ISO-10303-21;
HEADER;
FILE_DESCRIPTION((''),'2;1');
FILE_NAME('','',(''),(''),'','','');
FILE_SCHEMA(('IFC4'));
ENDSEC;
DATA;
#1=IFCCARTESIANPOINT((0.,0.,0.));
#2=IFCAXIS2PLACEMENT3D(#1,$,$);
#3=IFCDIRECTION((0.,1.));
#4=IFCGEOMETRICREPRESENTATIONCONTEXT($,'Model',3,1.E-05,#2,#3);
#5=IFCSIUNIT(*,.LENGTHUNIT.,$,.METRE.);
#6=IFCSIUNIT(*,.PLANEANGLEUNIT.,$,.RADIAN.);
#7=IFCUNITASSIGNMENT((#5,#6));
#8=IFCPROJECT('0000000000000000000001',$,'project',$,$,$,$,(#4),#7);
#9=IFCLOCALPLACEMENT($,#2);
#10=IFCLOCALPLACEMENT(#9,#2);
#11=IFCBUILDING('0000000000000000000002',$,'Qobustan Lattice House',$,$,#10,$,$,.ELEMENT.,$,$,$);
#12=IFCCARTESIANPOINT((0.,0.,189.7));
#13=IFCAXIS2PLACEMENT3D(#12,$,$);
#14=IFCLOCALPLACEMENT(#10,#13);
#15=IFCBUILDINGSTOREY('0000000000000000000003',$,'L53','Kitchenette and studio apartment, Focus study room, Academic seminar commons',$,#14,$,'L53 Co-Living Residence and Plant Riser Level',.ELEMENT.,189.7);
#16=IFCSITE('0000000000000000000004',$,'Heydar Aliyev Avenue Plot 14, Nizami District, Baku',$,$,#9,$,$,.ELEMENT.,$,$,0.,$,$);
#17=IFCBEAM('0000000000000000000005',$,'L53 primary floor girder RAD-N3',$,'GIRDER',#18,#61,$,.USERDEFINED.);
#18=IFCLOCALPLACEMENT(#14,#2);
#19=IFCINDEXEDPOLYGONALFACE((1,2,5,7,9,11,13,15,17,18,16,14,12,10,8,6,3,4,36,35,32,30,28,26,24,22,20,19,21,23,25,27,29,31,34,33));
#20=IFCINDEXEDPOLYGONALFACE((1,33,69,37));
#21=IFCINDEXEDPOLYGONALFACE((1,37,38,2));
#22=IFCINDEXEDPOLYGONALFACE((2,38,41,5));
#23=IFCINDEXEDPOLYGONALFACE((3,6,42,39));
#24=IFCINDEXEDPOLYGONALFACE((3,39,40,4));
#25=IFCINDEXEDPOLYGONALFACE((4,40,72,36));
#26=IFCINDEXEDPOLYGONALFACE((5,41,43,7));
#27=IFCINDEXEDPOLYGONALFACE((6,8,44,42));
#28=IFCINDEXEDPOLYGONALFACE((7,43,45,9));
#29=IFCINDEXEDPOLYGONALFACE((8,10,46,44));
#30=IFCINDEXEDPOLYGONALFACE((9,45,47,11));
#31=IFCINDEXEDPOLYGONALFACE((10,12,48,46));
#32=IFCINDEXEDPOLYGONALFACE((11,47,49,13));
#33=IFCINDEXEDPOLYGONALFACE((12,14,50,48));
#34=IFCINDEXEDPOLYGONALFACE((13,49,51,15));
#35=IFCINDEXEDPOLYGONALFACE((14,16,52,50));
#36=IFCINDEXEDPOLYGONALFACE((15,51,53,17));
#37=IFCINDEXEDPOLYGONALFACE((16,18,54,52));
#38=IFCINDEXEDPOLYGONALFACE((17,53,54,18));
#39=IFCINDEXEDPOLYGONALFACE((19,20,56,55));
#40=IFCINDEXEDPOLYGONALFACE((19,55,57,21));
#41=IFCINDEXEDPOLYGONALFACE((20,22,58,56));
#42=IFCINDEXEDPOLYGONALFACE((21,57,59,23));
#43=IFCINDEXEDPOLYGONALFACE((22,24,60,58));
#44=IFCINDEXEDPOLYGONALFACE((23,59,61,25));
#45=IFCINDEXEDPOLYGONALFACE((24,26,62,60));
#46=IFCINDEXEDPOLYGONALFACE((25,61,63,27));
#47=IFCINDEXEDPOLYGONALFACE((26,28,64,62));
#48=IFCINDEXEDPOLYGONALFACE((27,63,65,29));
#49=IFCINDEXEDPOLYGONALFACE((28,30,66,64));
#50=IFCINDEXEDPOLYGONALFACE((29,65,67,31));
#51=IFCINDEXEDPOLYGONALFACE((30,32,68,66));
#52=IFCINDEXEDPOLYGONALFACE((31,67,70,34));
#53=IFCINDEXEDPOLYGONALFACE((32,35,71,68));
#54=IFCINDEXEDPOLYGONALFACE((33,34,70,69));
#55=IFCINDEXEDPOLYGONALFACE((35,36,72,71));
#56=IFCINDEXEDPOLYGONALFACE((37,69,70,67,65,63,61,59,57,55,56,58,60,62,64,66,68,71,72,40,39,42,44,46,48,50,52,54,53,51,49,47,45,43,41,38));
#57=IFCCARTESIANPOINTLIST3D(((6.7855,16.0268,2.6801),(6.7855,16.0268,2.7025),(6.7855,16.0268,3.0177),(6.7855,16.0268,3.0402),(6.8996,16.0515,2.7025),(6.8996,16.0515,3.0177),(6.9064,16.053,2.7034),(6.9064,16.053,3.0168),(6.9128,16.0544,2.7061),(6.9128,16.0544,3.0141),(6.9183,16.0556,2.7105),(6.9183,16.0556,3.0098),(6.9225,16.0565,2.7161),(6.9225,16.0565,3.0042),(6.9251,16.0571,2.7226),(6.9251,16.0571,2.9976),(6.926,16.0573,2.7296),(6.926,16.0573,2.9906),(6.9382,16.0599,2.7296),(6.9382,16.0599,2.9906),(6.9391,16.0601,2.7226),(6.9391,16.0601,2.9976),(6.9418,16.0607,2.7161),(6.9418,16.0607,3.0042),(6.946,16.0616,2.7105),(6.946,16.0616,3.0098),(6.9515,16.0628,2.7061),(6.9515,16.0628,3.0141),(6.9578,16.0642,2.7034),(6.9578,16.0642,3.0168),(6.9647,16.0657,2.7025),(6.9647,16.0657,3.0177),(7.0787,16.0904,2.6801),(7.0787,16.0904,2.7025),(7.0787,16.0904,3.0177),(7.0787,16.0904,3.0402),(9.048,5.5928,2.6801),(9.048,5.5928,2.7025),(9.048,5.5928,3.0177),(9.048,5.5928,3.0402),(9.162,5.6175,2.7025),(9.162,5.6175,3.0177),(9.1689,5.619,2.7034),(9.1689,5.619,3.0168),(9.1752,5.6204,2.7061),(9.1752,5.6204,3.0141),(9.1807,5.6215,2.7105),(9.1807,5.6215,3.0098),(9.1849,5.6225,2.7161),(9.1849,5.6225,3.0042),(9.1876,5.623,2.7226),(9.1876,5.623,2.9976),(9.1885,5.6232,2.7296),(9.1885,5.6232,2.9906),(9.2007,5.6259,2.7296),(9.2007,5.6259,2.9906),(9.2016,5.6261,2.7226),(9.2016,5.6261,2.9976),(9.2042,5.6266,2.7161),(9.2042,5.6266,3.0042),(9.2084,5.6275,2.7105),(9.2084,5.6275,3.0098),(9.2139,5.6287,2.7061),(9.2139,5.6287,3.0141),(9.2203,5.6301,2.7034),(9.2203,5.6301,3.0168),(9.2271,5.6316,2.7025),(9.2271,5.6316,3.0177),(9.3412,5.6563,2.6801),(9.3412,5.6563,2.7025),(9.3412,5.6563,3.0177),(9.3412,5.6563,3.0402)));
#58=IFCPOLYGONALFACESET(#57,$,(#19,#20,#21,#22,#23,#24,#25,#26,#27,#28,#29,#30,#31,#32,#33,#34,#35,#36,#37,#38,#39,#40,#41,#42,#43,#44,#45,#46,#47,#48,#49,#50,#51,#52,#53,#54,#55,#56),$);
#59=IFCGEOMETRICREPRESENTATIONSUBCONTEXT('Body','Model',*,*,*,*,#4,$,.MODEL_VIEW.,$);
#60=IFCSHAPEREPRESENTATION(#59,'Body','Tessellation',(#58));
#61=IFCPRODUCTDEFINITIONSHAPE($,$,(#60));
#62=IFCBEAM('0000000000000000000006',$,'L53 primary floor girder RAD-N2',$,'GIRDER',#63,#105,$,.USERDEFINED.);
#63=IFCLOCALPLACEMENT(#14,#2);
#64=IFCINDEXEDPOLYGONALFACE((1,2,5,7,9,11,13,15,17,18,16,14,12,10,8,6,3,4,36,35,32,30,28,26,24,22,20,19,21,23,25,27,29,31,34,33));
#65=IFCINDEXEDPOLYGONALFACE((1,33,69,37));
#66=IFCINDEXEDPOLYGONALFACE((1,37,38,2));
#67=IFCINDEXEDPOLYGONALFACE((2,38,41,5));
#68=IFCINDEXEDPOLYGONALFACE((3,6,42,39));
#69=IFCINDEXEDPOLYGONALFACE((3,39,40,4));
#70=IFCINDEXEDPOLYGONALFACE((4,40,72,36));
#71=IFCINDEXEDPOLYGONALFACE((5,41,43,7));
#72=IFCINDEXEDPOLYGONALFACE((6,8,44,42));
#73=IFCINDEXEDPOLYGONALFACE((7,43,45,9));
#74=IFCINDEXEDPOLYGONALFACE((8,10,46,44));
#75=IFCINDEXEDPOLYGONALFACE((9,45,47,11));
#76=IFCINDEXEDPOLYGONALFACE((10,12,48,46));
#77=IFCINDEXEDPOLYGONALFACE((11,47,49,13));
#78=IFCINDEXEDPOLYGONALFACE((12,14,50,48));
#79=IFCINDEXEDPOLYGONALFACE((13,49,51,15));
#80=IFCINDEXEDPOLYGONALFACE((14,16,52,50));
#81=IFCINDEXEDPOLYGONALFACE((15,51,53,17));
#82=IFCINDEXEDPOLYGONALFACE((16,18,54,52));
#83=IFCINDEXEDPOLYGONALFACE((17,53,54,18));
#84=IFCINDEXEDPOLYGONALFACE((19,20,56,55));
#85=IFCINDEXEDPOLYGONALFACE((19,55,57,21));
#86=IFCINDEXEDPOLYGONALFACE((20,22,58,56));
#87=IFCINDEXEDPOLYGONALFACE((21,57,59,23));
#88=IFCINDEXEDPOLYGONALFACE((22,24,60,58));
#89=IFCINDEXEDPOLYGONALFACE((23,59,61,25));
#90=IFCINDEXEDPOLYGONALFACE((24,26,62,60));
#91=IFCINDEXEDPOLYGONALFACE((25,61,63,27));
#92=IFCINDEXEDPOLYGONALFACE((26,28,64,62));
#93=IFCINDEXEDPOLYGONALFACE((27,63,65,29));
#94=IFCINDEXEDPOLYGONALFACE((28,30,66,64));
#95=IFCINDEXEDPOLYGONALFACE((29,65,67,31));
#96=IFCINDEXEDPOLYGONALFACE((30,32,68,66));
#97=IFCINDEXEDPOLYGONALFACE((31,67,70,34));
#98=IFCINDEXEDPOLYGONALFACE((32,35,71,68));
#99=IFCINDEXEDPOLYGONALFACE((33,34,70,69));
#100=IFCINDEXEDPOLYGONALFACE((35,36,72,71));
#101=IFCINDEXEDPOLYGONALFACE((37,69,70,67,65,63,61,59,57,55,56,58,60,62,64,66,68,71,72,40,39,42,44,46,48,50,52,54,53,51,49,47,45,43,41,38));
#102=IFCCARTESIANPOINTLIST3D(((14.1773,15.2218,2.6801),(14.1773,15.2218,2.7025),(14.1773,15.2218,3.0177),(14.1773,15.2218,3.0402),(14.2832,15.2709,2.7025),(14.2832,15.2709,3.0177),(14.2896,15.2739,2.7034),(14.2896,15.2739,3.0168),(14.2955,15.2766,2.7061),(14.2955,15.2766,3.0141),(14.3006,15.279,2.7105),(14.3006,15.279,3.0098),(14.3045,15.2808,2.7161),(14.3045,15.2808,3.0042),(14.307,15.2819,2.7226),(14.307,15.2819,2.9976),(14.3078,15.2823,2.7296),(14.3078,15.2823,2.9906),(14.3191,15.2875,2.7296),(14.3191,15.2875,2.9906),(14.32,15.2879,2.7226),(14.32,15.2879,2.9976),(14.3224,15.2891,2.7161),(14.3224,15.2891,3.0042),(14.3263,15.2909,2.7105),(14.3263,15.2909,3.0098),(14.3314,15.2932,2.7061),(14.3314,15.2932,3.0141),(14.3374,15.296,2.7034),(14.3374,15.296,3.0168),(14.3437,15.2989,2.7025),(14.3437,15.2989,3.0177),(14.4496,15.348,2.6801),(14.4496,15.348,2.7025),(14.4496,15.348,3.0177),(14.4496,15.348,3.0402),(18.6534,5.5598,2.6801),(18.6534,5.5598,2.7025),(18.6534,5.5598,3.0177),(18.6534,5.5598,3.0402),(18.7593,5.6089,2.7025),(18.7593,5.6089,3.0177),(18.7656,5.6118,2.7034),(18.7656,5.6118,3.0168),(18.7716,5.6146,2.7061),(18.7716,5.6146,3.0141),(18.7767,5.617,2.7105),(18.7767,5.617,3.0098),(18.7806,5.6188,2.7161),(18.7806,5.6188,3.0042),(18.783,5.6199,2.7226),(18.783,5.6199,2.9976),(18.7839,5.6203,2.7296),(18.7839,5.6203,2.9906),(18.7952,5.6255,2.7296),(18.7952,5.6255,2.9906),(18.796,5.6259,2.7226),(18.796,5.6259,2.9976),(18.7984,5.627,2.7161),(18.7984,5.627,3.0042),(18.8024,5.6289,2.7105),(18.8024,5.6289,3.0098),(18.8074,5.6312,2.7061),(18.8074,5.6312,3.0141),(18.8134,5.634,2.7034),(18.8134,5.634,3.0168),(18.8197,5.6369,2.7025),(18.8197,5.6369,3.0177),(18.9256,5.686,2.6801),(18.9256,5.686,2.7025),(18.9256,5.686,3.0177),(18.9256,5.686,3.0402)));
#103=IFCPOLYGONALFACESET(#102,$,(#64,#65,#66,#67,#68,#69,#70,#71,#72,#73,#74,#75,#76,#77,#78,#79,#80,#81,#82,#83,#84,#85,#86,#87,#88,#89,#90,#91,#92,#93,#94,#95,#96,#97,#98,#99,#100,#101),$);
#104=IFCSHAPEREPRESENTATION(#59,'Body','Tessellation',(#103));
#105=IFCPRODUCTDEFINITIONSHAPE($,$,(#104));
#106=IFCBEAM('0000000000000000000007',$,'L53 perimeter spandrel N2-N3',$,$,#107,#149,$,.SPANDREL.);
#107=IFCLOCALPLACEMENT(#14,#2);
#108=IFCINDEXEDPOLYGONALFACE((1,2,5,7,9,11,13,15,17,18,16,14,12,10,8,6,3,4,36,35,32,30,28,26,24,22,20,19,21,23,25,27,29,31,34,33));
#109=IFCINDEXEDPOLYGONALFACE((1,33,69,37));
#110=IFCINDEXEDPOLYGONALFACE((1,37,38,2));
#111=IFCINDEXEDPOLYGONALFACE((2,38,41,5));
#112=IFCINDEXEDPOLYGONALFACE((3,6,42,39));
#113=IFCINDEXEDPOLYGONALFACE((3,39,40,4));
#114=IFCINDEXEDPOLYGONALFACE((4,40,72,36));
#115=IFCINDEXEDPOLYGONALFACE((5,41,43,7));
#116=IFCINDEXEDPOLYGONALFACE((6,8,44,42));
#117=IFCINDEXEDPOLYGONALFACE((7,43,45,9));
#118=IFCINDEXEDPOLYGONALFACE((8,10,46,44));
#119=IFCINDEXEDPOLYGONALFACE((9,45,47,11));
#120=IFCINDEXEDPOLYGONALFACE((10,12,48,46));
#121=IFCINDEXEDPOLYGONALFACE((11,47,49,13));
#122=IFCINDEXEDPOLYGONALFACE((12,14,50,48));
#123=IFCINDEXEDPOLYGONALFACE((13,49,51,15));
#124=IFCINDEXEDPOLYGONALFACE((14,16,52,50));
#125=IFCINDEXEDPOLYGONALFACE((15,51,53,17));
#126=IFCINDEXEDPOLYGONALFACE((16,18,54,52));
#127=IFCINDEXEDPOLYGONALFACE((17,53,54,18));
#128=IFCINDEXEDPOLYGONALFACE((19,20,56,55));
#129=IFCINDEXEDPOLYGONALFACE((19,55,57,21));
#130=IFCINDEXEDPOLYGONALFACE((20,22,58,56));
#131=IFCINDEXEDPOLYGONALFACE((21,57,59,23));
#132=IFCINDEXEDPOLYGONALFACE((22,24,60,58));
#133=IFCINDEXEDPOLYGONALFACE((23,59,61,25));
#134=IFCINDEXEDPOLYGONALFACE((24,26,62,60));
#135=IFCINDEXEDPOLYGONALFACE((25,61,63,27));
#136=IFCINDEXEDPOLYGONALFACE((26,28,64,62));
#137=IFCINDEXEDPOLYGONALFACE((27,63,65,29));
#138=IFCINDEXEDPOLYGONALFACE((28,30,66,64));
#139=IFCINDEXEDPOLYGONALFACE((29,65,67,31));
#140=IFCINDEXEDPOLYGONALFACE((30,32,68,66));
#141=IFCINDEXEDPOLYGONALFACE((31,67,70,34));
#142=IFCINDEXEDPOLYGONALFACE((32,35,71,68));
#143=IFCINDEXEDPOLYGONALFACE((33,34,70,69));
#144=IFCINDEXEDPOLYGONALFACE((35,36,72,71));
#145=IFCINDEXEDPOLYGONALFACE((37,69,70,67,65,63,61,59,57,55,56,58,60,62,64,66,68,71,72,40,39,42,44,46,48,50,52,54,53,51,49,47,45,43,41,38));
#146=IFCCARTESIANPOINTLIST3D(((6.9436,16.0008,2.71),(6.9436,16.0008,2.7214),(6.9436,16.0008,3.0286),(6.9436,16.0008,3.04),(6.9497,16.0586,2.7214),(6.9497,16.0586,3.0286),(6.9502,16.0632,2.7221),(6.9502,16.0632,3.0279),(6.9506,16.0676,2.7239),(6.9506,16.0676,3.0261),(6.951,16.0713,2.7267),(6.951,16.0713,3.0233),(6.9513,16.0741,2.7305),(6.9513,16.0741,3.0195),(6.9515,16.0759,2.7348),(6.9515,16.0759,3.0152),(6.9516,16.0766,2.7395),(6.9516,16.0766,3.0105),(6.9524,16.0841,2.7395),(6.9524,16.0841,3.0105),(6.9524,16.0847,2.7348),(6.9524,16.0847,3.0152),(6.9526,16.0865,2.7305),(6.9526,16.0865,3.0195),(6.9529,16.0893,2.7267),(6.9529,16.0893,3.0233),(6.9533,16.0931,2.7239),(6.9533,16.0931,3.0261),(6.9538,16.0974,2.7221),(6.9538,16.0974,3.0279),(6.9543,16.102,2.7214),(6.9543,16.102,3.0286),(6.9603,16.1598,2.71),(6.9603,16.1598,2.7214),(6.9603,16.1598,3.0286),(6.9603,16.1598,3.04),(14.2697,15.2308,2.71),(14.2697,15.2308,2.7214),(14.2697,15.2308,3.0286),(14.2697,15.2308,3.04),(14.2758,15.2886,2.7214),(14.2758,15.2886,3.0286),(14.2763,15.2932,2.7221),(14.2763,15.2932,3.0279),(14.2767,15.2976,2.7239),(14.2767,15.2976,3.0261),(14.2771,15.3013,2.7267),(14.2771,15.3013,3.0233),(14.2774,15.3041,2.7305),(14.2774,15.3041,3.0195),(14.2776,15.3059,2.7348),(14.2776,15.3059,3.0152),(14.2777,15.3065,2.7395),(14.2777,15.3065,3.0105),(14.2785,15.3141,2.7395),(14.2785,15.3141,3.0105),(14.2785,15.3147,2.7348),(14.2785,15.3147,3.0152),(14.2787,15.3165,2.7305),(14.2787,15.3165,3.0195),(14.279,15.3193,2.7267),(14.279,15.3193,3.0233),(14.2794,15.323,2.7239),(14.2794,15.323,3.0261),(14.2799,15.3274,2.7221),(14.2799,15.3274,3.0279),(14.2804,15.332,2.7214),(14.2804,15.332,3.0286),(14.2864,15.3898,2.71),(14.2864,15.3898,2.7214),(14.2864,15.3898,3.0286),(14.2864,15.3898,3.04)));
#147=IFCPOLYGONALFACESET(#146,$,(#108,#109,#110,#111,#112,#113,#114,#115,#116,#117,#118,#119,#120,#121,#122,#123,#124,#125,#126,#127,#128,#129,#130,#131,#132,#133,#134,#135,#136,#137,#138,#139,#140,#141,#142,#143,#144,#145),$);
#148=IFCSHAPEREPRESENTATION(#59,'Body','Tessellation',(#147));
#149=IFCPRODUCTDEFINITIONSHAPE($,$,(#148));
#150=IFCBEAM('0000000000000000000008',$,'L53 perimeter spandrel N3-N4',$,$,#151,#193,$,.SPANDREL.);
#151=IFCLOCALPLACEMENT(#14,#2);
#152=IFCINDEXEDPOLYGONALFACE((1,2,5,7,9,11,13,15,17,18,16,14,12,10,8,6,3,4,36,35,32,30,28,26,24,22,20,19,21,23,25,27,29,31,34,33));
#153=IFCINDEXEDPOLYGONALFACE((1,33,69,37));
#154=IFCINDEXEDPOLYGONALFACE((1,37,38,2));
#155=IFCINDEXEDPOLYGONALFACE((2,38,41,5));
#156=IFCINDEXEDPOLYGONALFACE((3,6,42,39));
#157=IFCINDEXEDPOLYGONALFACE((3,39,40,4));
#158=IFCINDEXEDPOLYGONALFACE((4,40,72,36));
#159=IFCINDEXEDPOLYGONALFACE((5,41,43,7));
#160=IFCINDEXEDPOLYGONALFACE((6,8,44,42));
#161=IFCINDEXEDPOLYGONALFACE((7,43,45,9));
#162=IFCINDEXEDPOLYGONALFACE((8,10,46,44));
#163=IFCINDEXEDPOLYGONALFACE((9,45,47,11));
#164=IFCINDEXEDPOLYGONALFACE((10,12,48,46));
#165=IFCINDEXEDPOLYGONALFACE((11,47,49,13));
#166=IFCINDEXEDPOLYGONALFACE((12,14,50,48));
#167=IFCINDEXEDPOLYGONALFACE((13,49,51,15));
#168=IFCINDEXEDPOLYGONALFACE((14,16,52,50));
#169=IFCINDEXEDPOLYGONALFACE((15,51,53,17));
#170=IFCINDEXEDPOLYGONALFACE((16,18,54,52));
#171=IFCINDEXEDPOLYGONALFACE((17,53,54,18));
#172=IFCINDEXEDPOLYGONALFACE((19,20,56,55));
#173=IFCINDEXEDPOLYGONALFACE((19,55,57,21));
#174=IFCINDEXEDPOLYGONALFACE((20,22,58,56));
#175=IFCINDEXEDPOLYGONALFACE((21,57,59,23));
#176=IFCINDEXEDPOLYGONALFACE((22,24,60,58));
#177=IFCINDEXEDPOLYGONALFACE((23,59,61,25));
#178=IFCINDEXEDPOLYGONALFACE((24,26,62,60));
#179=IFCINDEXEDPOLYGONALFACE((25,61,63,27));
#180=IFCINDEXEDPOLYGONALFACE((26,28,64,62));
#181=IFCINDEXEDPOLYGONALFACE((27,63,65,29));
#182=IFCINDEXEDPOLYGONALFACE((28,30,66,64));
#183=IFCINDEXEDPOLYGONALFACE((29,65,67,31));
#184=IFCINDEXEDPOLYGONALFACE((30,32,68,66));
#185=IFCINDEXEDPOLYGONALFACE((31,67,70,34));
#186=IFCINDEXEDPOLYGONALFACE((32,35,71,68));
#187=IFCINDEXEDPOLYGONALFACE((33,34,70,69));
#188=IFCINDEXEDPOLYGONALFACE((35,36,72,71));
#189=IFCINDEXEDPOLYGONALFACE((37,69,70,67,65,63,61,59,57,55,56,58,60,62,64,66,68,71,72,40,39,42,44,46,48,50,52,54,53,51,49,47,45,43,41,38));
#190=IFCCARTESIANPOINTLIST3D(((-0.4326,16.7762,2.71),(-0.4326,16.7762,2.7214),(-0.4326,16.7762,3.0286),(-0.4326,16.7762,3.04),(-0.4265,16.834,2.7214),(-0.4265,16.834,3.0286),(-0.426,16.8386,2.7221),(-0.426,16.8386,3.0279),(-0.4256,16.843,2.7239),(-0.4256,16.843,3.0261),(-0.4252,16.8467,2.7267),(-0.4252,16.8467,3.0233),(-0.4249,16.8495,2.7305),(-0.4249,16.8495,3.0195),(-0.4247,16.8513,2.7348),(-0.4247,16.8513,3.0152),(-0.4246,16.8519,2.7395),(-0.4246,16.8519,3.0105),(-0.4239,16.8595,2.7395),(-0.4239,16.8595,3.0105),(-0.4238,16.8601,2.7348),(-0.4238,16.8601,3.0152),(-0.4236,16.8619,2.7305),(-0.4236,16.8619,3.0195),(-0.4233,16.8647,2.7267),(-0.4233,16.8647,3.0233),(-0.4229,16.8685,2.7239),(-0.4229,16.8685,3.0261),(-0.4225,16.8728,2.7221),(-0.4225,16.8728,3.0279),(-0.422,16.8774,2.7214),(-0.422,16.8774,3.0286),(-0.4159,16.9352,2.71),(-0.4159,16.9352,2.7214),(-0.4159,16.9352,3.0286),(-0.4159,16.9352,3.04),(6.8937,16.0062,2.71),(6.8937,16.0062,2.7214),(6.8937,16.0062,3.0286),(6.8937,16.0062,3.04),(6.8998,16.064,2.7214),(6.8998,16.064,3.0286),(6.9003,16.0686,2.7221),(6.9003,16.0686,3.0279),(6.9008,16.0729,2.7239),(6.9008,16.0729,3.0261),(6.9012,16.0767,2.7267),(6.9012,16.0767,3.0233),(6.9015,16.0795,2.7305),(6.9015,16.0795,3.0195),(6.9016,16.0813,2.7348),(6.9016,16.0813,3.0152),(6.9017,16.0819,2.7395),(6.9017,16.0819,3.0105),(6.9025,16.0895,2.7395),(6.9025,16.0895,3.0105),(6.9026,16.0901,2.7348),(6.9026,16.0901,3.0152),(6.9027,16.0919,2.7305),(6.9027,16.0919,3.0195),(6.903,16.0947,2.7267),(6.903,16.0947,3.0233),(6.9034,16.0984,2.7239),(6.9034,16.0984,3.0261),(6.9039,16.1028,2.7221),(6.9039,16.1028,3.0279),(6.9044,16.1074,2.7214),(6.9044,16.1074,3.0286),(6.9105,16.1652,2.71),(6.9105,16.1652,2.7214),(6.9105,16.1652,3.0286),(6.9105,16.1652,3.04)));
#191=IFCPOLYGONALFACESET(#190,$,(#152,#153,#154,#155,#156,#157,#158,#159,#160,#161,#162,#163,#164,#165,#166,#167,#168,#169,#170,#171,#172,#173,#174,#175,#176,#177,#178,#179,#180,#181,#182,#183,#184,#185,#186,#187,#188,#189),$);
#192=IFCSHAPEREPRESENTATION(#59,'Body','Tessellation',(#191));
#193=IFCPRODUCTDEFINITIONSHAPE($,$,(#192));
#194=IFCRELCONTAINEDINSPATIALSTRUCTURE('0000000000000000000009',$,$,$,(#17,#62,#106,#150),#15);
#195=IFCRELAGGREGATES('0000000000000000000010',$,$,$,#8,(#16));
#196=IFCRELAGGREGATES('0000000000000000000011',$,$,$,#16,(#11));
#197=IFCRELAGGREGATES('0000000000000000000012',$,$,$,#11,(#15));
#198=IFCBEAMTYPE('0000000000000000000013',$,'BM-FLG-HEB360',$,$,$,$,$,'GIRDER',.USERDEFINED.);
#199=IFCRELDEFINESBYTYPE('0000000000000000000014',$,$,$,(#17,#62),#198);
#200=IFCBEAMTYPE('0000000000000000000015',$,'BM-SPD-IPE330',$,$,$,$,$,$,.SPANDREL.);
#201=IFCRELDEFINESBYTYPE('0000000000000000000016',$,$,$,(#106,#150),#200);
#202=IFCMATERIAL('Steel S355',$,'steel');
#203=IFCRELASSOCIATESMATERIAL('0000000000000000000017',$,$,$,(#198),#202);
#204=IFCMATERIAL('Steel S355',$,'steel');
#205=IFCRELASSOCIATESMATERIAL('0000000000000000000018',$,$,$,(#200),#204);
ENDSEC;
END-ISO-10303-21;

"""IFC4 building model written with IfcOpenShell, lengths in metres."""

from ifc_helpers import new_model, si_unit, direction, frame, origin, origin_2d, place, context, subcontext, project, spatial, i_section, extrude, material, material_profile, profile_set, type_object, element, save


model = new_model("IFC4")

# Units and contexts
model_context = context("Model", 3, precision=1e-05, world=origin(), true_north=direction((0.0, 1.0)))
body_context = subcontext(model_context, "Body", "Model", "MODEL_VIEW")
ifc_project = project(units=[si_unit("LENGTHUNIT", "METRE"), si_unit("PLANEANGLEUNIT", "RADIAN")], contexts=[model_context])

# Site, building, storey
site_placement = place(None, origin())
site = spatial("IfcSite", under=ifc_project, at=site_placement, Name="Heydar Aliyev Avenue Plot 14, Nizami District, Baku", CompositionType="ELEMENT", RefElevation=0.0)
building_placement = place(site_placement, origin())
building = spatial("IfcBuilding", under=site, at=building_placement, Name="Qobustan Lattice House", CompositionType="ELEMENT")
storey_placement = place(building_placement, frame((0.0, 0.0, 189.7)))
storey = spatial("IfcBuildingStorey", under=building, at=storey_placement, Name="L53", Description="Kitchenette and studio apartment, Focus study room, Academic seminar commons", LongName="L53 Co-Living Residence and Plant Riser Level", CompositionType="ELEMENT", Elevation=189.7)

# Beams
ifc_material_1 = material(Name="Steel S355", Category="steel")
ifc_material_profile_1 = material_profile(ifc_material_1, i_section(OverallWidth=0.3, OverallDepth=0.3601, WebThickness=0.0125, FlangeThickness=0.0225, FilletRadius=0.0271, at=origin_2d()), Name="HEB360")
ifc_profile_set_1 = profile_set([ifc_material_profile_1], Name="Steel S355")
beam_type_1 = type_object("IfcBeamType", Name="BM-FLG-HEB360", ElementType="GIRDER", PredefinedType="USERDEFINED", material=ifc_profile_set_1)
beam_1_placement = place(storey_placement, frame((6.9321, 16.0586, 2.8601), z_axis=(0.211908, -0.97729, 0.0), x_axis=(0.97729, 0.211908, 0.0)))
element("IfcBeam", 1, at=beam_1_placement, inside=storey, type_object=beam_type_1, Name="L53 primary floor girder RAD-N3", ObjectType="GIRDER", PredefinedType="USERDEFINED", context=body_context, shape_type="SweptSolid", body=[
    extrude(i_section(OverallWidth=0.3, OverallDepth=0.3601, WebThickness=0.0125, FlangeThickness=0.0225, FilletRadius=0.0271, at=origin_2d()), origin(), (0.0, 0.0, 1.0), 10.6765),
])
beam_2_placement = place(storey_placement, frame((14.3135, 15.2849, 2.8601), z_axis=(0.420346, -0.907364, 0.0), x_axis=(0.907364, 0.420346, 0.0)))
element("IfcBeam", 2, at=beam_2_placement, inside=storey, type_object=beam_type_1, Name="L53 primary floor girder RAD-N2", ObjectType="GIRDER", PredefinedType="USERDEFINED", context=body_context, shape_type="SweptSolid", body=[
    extrude(i_section(OverallWidth=0.3, OverallDepth=0.3601, WebThickness=0.0125, FlangeThickness=0.0225, FilletRadius=0.0271, at=origin_2d()), origin(), (0.0, 0.0, 1.0), 10.6484),
])
ifc_material_2 = material(Name="Steel S355", Category="steel")
ifc_material_profile_2 = material_profile(ifc_material_2, i_section(OverallWidth=0.1599, OverallDepth=0.3301, WebThickness=0.0076, FlangeThickness=0.0115, FilletRadius=0.0181, at=origin_2d()), Name="IPE330")
ifc_profile_set_2 = profile_set([ifc_material_profile_2], Name="Steel S355")
beam_type_2 = type_object("IfcBeamType", Name="BM-SPD-IPE330", PredefinedType="SPANDREL", material=ifc_profile_set_2)
beam_3_placement = place(storey_placement, frame((14.2781, 15.3103, 2.875), z_axis=(-0.994522, 0.10453, 0.0), x_axis=(-0.10453, -0.994522, 0.0)))
element("IfcBeam", 3, at=beam_3_placement, inside=storey, type_object=beam_type_2, Name="L53 perimeter spandrel N2-N3", PredefinedType="SPANDREL", context=body_context, shape_type="SweptSolid", body=[
    extrude(i_section(OverallWidth=0.1599, OverallDepth=0.3301, WebThickness=0.0076, FlangeThickness=0.0115, FilletRadius=0.0181, at=origin_2d()), origin(), (0.0, 0.0, 1.0), 7.3665),
])
beam_4_placement = place(storey_placement, frame((6.9021, 16.0857, 2.875), z_axis=(-0.994522, 0.104526, 0.0), x_axis=(-0.104526, -0.994522, 0.0)))
element("IfcBeam", 4, at=beam_4_placement, inside=storey, type_object=beam_type_2, Name="L53 perimeter spandrel N3-N4", PredefinedType="SPANDREL", context=body_context, shape_type="SweptSolid", body=[
    extrude(i_section(OverallWidth=0.1599, OverallDepth=0.3301, WebThickness=0.0076, FlangeThickness=0.0115, FilletRadius=0.0181, at=origin_2d()), origin(), (0.0, 0.0, 1.0), 7.3667),
])

save(model, "model.ifc")
